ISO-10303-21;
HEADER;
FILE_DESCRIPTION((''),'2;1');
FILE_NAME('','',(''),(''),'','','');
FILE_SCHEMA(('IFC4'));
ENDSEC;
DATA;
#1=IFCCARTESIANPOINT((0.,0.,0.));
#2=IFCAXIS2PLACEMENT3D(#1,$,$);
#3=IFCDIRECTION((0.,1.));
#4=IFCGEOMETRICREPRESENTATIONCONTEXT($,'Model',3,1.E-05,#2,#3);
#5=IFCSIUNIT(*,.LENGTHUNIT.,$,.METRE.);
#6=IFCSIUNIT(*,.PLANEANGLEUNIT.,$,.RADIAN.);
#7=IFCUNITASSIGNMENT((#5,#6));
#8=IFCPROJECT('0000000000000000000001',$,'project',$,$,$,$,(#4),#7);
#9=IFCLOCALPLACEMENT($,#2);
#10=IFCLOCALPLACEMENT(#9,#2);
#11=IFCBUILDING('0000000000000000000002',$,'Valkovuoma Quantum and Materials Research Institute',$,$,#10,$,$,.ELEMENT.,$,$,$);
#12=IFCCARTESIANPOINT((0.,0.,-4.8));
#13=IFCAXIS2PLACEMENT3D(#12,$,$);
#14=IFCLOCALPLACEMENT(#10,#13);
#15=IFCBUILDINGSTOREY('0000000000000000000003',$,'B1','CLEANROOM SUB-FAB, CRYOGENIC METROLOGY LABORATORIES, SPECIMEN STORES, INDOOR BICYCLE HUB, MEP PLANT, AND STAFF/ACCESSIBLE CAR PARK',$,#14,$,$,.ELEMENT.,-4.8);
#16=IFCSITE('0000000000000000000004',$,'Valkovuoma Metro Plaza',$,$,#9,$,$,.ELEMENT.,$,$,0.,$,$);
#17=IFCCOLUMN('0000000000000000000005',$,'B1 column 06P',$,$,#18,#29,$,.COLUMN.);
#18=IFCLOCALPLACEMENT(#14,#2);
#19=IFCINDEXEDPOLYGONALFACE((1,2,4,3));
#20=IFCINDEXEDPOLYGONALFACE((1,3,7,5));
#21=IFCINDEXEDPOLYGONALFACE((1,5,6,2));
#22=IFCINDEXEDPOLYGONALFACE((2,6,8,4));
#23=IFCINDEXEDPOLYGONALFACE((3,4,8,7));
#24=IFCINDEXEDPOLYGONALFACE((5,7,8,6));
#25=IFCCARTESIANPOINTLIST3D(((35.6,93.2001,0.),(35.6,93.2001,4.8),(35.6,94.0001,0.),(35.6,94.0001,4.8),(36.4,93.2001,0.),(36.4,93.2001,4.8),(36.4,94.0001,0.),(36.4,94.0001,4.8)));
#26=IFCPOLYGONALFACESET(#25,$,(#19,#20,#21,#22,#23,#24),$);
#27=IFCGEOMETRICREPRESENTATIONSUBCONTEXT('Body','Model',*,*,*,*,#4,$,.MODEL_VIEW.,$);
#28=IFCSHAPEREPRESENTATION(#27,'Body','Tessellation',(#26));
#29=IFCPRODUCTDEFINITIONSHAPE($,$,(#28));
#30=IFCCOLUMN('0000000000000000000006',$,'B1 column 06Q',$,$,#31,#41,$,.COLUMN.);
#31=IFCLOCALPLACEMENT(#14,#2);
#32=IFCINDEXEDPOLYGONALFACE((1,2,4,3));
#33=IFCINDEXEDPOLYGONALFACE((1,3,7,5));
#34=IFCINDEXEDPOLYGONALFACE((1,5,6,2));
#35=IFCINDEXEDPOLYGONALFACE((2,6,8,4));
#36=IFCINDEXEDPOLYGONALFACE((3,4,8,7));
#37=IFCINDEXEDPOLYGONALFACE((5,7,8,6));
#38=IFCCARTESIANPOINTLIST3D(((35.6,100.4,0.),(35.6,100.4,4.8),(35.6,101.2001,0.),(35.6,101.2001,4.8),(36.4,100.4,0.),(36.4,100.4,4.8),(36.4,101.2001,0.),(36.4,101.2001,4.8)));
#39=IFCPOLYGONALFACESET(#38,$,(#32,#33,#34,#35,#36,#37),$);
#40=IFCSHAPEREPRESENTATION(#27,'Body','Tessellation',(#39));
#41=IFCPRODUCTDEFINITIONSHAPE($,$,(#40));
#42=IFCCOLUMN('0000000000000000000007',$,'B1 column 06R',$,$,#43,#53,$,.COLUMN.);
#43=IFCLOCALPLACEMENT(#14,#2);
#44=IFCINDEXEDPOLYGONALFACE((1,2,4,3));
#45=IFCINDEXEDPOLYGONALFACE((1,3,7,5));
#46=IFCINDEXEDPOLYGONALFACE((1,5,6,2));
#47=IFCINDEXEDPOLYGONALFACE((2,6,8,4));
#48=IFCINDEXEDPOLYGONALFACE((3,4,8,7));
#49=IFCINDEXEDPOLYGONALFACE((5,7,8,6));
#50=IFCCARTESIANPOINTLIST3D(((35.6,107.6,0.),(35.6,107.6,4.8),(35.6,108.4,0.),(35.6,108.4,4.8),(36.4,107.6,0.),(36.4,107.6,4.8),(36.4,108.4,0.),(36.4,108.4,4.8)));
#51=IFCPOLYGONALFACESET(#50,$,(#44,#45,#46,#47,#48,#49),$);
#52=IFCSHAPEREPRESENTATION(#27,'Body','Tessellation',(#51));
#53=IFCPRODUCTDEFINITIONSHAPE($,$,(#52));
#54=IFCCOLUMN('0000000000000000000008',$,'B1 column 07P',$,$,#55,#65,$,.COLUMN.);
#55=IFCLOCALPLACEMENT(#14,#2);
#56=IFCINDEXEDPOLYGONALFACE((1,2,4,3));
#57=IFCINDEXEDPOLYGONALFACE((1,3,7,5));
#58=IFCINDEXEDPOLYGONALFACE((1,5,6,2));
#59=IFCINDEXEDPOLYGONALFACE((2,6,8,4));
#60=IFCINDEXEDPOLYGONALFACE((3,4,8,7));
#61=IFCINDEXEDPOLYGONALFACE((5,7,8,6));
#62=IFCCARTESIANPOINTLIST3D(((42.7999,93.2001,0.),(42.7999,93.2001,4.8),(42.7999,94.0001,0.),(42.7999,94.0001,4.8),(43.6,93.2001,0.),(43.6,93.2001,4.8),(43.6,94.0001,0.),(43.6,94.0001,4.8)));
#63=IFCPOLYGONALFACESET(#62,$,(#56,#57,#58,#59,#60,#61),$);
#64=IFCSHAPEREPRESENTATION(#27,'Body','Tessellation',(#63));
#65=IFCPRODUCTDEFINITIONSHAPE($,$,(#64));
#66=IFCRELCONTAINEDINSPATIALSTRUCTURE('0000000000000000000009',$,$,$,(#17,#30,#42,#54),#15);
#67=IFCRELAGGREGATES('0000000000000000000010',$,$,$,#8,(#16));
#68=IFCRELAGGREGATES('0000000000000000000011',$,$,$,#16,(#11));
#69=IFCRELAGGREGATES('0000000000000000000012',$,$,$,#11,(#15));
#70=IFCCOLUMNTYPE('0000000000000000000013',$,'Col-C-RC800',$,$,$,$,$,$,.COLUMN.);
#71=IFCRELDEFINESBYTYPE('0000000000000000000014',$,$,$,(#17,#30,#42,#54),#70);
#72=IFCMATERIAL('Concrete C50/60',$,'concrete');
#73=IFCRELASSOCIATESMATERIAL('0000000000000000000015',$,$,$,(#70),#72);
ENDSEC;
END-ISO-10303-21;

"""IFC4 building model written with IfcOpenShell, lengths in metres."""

from ifc_helpers import new_model, si_unit, direction, frame, origin, origin_2d, place, context, subcontext, project, spatial, rectangle, extrude, material, material_profile, profile_set, type_object, element, save


model = new_model("IFC4")

# Units and contexts
model_context = context("Model", 3, precision=1e-05, world=origin(), true_north=direction((0.0, 1.0)))
body_context = subcontext(model_context, "Body", "Model", "MODEL_VIEW")
ifc_project = project(units=[si_unit("LENGTHUNIT", "METRE"), si_unit("PLANEANGLEUNIT", "RADIAN")], contexts=[model_context])

# Site, building, storey
site_placement = place(None, origin())
site = spatial("IfcSite", under=ifc_project, at=site_placement, Name="Valkovuoma Metro Plaza", CompositionType="ELEMENT", RefElevation=0.0)
building_placement = place(site_placement, origin())
building = spatial("IfcBuilding", under=site, at=building_placement, Name="Valkovuoma Quantum and Materials Research Institute", CompositionType="ELEMENT")
storey_placement = place(building_placement, frame((0.0, 0.0, -4.8)))
storey = spatial("IfcBuildingStorey", under=building, at=storey_placement, Name="B1", Description="CLEANROOM SUB-FAB, CRYOGENIC METROLOGY LABORATORIES, SPECIMEN STORES, INDOOR BICYCLE HUB, MEP PLANT, AND STAFF/ACCESSIBLE CAR PARK", CompositionType="ELEMENT", Elevation=-4.8)

# Columns
ifc_material_1 = material(Name="Concrete C50/60", Category="concrete")
ifc_material_profile_1 = material_profile(ifc_material_1, rectangle(XDim=0.8, YDim=0.8, at=origin_2d()), Name="Concrete C50/60")
ifc_profile_set_1 = profile_set([ifc_material_profile_1], Name="Concrete C50/60")
column_type = type_object("IfcColumnType", Name="Col-C-RC800", PredefinedType="COLUMN", material=ifc_profile_set_1)
for number, where, z_axis, x_axis, name in (
    (1, (36.0, 93.6001, 0.0), (0.0, 0.0, 1.0), (1.0, 0.0, 0.0), "B1 column 06P"),
    (2, (36.0, 100.8, 0.0), (0.0, 0.0, 1.0), (1.0, 0.0, 0.0), "B1 column 06Q"),
    (3, (36.0, 108.0, 0.0), (0.0, 0.0, 1.0), (1.0, 0.0, 0.0), "B1 column 06R"),
    (4, (43.2, 93.6001, 0.0), (0.0, 0.0, 1.0), (1.0, 0.0, 0.0), "B1 column 07P"),
):
    element("IfcColumn", number, at=place(storey_placement, frame(where, z_axis=z_axis, x_axis=x_axis)), inside=storey, type_object=column_type, Name=name, PredefinedType="COLUMN", context=body_context, shape_type="SweptSolid", body=[
        extrude(rectangle(XDim=0.8, YDim=0.8, at=origin_2d()), origin(), (0.0, 0.0, 1.0), 4.8),
    ])

save(model, "model.ifc")
